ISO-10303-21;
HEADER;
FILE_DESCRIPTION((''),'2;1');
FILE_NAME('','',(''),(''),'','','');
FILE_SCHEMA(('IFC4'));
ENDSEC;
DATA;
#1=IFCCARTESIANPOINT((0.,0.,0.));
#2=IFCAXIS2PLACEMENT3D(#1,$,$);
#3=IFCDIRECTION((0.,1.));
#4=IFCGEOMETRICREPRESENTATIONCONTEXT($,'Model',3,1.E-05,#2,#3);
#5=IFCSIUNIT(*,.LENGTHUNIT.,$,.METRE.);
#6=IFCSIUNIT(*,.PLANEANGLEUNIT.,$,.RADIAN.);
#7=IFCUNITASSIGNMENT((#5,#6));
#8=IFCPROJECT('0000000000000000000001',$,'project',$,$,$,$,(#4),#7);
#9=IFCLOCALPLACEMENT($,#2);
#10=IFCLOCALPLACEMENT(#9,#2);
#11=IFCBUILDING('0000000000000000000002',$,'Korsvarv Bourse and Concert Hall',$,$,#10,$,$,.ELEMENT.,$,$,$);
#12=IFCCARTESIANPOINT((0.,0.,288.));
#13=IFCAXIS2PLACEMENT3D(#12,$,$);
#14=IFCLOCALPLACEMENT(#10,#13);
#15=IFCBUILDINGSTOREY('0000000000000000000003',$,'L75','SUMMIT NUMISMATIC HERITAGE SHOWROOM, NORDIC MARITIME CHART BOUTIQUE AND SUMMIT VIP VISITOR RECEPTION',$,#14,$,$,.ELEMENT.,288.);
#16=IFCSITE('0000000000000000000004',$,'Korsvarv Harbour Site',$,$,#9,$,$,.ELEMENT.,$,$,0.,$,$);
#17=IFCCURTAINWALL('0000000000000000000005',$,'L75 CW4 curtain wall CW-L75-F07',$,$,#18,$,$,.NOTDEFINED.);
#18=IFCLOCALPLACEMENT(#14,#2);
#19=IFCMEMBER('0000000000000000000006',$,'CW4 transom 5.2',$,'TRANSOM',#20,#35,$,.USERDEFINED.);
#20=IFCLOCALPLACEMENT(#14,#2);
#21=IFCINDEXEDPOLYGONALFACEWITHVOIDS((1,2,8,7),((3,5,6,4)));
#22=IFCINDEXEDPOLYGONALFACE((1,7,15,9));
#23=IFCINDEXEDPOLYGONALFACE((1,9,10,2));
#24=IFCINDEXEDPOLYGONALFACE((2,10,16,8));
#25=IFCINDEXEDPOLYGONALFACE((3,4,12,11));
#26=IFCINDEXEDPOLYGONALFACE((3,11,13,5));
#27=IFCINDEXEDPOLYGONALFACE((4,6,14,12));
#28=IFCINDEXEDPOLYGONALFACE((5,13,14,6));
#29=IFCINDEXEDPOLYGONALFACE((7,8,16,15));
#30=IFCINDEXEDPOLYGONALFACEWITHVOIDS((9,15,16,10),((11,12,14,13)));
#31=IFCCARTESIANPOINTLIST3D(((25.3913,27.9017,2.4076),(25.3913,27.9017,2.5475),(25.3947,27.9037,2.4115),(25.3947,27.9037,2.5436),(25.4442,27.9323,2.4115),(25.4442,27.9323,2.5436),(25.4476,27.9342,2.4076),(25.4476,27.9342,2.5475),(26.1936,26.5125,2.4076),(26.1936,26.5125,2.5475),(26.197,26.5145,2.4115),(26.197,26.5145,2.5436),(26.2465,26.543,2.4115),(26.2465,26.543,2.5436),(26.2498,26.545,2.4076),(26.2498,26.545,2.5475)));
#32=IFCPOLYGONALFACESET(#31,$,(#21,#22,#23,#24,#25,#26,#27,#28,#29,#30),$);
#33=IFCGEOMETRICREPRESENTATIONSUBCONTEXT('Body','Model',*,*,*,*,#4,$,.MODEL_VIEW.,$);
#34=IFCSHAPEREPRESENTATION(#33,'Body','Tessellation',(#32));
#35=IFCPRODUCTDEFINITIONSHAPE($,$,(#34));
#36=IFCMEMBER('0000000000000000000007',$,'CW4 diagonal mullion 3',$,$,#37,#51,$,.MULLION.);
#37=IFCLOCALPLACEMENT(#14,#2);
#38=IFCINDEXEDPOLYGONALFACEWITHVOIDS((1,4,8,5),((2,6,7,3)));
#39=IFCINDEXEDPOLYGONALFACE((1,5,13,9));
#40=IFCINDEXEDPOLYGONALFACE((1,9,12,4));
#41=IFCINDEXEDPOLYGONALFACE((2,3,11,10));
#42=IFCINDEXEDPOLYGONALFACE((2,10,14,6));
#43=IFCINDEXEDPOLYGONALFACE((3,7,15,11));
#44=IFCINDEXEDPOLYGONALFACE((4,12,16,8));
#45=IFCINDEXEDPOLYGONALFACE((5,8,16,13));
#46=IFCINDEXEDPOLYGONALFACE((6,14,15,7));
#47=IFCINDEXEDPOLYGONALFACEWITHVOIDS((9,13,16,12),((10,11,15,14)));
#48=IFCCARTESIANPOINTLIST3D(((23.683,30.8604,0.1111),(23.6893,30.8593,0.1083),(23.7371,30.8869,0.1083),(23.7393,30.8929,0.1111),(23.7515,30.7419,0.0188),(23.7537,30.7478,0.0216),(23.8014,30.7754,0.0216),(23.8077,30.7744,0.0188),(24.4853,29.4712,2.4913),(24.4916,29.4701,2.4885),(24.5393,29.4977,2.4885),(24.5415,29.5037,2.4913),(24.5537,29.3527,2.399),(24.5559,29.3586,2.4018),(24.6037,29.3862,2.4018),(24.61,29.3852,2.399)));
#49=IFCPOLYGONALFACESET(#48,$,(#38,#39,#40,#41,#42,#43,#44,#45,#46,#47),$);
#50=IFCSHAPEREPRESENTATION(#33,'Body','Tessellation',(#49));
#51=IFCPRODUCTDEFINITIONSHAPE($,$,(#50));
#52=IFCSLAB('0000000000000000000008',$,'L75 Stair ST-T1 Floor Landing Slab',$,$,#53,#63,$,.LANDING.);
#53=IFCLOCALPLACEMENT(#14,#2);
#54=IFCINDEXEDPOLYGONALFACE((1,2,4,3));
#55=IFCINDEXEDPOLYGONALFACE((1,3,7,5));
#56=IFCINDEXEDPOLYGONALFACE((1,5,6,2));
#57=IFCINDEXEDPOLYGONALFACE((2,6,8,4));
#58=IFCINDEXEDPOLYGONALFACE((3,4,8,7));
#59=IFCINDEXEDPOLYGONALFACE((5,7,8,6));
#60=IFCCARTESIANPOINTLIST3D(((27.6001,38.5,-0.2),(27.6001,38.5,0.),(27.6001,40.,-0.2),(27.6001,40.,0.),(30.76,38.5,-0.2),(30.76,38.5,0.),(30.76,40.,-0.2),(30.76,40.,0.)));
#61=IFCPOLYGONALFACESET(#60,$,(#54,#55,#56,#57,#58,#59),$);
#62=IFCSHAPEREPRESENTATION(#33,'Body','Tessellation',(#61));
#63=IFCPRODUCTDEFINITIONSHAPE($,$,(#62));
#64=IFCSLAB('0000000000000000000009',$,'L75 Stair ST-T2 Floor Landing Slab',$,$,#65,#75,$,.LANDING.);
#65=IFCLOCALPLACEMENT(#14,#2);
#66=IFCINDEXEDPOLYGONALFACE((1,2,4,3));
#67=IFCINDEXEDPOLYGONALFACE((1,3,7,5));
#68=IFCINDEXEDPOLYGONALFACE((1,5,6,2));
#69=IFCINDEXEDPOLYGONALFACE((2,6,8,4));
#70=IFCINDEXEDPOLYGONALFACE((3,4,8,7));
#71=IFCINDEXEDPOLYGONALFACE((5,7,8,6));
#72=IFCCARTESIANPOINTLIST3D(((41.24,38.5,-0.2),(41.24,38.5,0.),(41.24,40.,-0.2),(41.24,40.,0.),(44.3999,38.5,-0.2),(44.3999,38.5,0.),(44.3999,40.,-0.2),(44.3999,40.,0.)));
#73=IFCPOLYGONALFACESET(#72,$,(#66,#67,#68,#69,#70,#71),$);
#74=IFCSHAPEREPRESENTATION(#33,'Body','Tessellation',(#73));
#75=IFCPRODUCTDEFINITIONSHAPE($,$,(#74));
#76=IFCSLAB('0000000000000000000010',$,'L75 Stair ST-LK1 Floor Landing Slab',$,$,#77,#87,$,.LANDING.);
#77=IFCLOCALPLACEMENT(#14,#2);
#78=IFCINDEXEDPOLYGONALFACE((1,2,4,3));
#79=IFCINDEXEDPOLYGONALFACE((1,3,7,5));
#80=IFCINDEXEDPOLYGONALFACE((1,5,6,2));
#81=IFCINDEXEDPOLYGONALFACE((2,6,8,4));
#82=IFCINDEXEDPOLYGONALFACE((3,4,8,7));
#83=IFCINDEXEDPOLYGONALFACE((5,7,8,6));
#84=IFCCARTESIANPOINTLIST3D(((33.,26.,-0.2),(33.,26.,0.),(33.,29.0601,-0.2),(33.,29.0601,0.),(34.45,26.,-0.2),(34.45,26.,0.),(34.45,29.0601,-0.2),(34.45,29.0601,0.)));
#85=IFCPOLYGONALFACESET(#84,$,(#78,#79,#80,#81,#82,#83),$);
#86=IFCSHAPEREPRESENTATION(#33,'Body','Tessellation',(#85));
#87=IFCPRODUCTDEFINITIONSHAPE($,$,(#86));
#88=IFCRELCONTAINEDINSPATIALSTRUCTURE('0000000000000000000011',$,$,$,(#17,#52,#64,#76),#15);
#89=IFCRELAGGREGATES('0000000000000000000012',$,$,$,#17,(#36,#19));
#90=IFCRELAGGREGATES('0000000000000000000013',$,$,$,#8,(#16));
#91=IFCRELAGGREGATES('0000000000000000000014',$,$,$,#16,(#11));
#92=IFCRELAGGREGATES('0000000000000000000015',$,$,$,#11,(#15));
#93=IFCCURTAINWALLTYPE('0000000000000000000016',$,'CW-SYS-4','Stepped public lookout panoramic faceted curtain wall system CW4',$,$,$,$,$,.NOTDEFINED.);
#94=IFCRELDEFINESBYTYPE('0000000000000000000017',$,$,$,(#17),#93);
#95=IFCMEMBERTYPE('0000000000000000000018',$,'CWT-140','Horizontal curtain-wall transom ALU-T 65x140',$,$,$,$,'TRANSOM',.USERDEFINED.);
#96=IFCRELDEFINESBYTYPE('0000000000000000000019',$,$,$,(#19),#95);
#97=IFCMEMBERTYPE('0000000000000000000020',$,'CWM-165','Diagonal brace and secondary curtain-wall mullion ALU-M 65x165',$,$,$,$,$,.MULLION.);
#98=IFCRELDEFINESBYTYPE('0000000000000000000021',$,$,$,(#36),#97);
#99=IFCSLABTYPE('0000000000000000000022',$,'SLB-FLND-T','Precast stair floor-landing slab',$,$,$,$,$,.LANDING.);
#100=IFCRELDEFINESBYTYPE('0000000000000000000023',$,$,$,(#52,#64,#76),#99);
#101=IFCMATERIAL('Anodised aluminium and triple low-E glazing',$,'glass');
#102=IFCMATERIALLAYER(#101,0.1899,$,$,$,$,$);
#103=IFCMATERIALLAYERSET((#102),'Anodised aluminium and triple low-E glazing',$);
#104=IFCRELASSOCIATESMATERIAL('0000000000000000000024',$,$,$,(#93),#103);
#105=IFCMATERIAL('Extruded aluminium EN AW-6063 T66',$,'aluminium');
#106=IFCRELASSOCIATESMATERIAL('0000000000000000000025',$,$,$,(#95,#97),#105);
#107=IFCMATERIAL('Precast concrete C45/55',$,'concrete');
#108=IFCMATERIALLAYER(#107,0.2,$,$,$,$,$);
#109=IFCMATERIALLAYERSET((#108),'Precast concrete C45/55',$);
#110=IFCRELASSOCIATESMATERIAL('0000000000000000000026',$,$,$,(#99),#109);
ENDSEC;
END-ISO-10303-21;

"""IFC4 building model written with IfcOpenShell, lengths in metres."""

from ifc_helpers import new_model, si_unit, direction, frame, origin, origin_2d, place, context, subcontext, project, spatial, polyline, hollow_rectangle, outline, extrude, source, transform, mapped, material, layer, layer_set, material_profile, profile_set, type_object, element, aggregate, save


model = new_model("IFC4")

# Units and contexts
model_context = context("Model", 3, precision=1e-05, world=origin(), true_north=direction((0.0, 1.0)))
body_context = subcontext(model_context, "Body", "Model", "MODEL_VIEW")
ifc_project = project(units=[si_unit("LENGTHUNIT", "METRE"), si_unit("PLANEANGLEUNIT", "RADIAN")], contexts=[model_context])

# Site, building, storey
site_placement = place(None, origin())
site = spatial("IfcSite", under=ifc_project, at=site_placement, Name="Korsvarv Harbour Site", CompositionType="ELEMENT", RefElevation=0.0)
building_placement = place(site_placement, origin())
building = spatial("IfcBuilding", under=site, at=building_placement, Name="Korsvarv Bourse and Concert Hall", CompositionType="ELEMENT")
storey_placement = place(building_placement, frame((0.0, 0.0, 288.0)))
storey = spatial("IfcBuildingStorey", under=building, at=storey_placement, Name="L75", Description="SUMMIT NUMISMATIC HERITAGE SHOWROOM, NORDIC MARITIME CHART BOUTIQUE AND SUMMIT VIP VISITOR RECEPTION", CompositionType="ELEMENT", Elevation=288.0)

# Curtain wall, members
ifc_material_1 = material(Name="Anodised aluminium and triple low-E glazing", Category="glass")
ifc_layer_1 = layer(ifc_material_1, 0.1899)
ifc_layer_set_1 = layer_set([ifc_layer_1], Name="Anodised aluminium and triple low-E glazing")
curtain_wall_type = type_object("IfcCurtainWallType", Name="CW-SYS-4", Description="Stepped public lookout panoramic faceted curtain wall system CW4", PredefinedType="NOTDEFINED", material=ifc_layer_set_1)
curtain_wall_placement = place(storey_placement, origin())
curtain_wall = element("IfcCurtainWall", 1, at=curtain_wall_placement, inside=storey, type_object=curtain_wall_type, Name="L75 CW4 curtain wall CW-L75-F07", PredefinedType="NOTDEFINED")
ifc_material_2 = material(Name="Extruded aluminium EN AW-6063 T66", Category="aluminium")
ifc_material_profile_1 = material_profile(ifc_material_2, hollow_rectangle(XDim=0.0649, YDim=0.1399, WallThickness=0.0039, at=origin_2d()), Name="ALU-T 65x140")
ifc_profile_set_1 = profile_set([ifc_material_profile_1], Name="Extruded aluminium EN AW-6063 T66")
member_type_1 = type_object("IfcMemberType", Name="CWT-140", Description="Horizontal curtain-wall transom ALU-T 65x140", ElementType="TRANSOM", PredefinedType="USERDEFINED", material=ifc_profile_set_1)
shared_shape_1 = source(origin(), body_context, "Body", "SweptSolid", [
    extrude(hollow_rectangle(XDim=0.0649, YDim=0.1399, WallThickness=0.0039, at=origin_2d()), origin(), (0.0, 0.0, 1.0), 1.6042),
])
member_1_placement = place(storey_placement, frame((25.4194, 27.918, 2.4775), z_axis=(0.5001, -0.865968, 0.0), x_axis=(0.865968, 0.5001, 0.0)))
member_1 = element("IfcMember", 2, at=member_1_placement, type_object=member_type_1, Name="CW4 transom 5.2", ObjectType="TRANSOM", PredefinedType="USERDEFINED", context=body_context, shape_type="MappedRepresentation", body=[
    mapped(shared_shape_1, transform((0.0, 0.0, 0.0), scale=1.0)),
])
ifc_material_profile_2 = material_profile(ifc_material_2, hollow_rectangle(XDim=0.0649, YDim=0.165, WallThickness=0.0049, at=origin_2d()), Name="ALU-M 65x165")
ifc_profile_set_2 = profile_set([ifc_material_profile_2], Name="Extruded aluminium EN AW-6063 T66")
member_type_2 = type_object("IfcMemberType", Name="CWM-165", Description="Diagonal brace and secondary curtain-wall mullion ALU-M 65x165", PredefinedType="MULLION", material=ifc_profile_set_2)
shared_shape_2 = source(origin(), body_context, "Body", "SweptSolid", [
    extrude(hollow_rectangle(XDim=0.0649, YDim=0.165, WallThickness=0.0049, at=origin_2d()), origin(), (0.0, 0.0, 1.0), 2.8704),
])
member_2_placement = place(storey_placement, frame((23.7454, 30.8174, 0.0649), z_axis=(0.279503, -0.483985, 0.829239), x_axis=(0.865968, 0.5001, 0.0)))
member_2 = element("IfcMember", 3, at=member_2_placement, type_object=member_type_2, Name="CW4 diagonal mullion 3", PredefinedType="MULLION", context=body_context, shape_type="MappedRepresentation", body=[
    mapped(shared_shape_2, transform((0.0, 0.0, 0.0), scale=1.0)),
])

# Slabs
ifc_material_3 = material(Name="Precast concrete C45/55", Category="concrete")
ifc_layer_2 = layer(ifc_material_3, 0.2)
ifc_layer_set_2 = layer_set([ifc_layer_2], Name="Precast concrete C45/55")
slab_type_1 = type_object("IfcSlabType", Name="SLB-FLND-T", Description="Precast stair floor-landing slab", PredefinedType="LANDING", material=ifc_layer_set_2)
slab_1_placement = place(storey_placement, frame((0.0, 0.0, -0.2)))
element("IfcSlab", 4, at=slab_1_placement, inside=storey, type_object=slab_type_1, Name="L75 Stair ST-T1 Floor Landing Slab", PredefinedType="LANDING", context=body_context, shape_type="SweptSolid", body=[
    extrude(outline(polyline([(30.76, 38.5), (30.76, 40.0), (27.6001, 40.0), (27.6001, 38.5), (30.76, 38.5)])), origin(), (0.0, 0.0, 1.0), 0.2),
])
slab_2_placement = place(storey_placement, frame((0.0, 0.0, -0.2)))
element("IfcSlab", 5, at=slab_2_placement, inside=storey, type_object=slab_type_1, Name="L75 Stair ST-T2 Floor Landing Slab", PredefinedType="LANDING", context=body_context, shape_type="SweptSolid", body=[
    extrude(outline(polyline([(44.3999, 38.5), (44.3999, 40.0), (41.24, 40.0), (41.24, 38.5), (44.3999, 38.5)])), origin(), (0.0, 0.0, 1.0), 0.2),
])
slab_3_placement = place(storey_placement, frame((0.0, 0.0, -0.2)))
element("IfcSlab", 6, at=slab_3_placement, inside=storey, type_object=slab_type_1, Name="L75 Stair ST-LK1 Floor Landing Slab", PredefinedType="LANDING", context=body_context, shape_type="SweptSolid", body=[
    extrude(outline(polyline([(33.0, 26.0), (34.45, 26.0), (34.45, 29.0601), (33.0, 29.0601), (33.0, 26.0)])), origin(), (0.0, 0.0, 1.0), 0.2),
])

aggregate(curtain_wall, [member_2, member_1])

save(model, "model.ifc")
